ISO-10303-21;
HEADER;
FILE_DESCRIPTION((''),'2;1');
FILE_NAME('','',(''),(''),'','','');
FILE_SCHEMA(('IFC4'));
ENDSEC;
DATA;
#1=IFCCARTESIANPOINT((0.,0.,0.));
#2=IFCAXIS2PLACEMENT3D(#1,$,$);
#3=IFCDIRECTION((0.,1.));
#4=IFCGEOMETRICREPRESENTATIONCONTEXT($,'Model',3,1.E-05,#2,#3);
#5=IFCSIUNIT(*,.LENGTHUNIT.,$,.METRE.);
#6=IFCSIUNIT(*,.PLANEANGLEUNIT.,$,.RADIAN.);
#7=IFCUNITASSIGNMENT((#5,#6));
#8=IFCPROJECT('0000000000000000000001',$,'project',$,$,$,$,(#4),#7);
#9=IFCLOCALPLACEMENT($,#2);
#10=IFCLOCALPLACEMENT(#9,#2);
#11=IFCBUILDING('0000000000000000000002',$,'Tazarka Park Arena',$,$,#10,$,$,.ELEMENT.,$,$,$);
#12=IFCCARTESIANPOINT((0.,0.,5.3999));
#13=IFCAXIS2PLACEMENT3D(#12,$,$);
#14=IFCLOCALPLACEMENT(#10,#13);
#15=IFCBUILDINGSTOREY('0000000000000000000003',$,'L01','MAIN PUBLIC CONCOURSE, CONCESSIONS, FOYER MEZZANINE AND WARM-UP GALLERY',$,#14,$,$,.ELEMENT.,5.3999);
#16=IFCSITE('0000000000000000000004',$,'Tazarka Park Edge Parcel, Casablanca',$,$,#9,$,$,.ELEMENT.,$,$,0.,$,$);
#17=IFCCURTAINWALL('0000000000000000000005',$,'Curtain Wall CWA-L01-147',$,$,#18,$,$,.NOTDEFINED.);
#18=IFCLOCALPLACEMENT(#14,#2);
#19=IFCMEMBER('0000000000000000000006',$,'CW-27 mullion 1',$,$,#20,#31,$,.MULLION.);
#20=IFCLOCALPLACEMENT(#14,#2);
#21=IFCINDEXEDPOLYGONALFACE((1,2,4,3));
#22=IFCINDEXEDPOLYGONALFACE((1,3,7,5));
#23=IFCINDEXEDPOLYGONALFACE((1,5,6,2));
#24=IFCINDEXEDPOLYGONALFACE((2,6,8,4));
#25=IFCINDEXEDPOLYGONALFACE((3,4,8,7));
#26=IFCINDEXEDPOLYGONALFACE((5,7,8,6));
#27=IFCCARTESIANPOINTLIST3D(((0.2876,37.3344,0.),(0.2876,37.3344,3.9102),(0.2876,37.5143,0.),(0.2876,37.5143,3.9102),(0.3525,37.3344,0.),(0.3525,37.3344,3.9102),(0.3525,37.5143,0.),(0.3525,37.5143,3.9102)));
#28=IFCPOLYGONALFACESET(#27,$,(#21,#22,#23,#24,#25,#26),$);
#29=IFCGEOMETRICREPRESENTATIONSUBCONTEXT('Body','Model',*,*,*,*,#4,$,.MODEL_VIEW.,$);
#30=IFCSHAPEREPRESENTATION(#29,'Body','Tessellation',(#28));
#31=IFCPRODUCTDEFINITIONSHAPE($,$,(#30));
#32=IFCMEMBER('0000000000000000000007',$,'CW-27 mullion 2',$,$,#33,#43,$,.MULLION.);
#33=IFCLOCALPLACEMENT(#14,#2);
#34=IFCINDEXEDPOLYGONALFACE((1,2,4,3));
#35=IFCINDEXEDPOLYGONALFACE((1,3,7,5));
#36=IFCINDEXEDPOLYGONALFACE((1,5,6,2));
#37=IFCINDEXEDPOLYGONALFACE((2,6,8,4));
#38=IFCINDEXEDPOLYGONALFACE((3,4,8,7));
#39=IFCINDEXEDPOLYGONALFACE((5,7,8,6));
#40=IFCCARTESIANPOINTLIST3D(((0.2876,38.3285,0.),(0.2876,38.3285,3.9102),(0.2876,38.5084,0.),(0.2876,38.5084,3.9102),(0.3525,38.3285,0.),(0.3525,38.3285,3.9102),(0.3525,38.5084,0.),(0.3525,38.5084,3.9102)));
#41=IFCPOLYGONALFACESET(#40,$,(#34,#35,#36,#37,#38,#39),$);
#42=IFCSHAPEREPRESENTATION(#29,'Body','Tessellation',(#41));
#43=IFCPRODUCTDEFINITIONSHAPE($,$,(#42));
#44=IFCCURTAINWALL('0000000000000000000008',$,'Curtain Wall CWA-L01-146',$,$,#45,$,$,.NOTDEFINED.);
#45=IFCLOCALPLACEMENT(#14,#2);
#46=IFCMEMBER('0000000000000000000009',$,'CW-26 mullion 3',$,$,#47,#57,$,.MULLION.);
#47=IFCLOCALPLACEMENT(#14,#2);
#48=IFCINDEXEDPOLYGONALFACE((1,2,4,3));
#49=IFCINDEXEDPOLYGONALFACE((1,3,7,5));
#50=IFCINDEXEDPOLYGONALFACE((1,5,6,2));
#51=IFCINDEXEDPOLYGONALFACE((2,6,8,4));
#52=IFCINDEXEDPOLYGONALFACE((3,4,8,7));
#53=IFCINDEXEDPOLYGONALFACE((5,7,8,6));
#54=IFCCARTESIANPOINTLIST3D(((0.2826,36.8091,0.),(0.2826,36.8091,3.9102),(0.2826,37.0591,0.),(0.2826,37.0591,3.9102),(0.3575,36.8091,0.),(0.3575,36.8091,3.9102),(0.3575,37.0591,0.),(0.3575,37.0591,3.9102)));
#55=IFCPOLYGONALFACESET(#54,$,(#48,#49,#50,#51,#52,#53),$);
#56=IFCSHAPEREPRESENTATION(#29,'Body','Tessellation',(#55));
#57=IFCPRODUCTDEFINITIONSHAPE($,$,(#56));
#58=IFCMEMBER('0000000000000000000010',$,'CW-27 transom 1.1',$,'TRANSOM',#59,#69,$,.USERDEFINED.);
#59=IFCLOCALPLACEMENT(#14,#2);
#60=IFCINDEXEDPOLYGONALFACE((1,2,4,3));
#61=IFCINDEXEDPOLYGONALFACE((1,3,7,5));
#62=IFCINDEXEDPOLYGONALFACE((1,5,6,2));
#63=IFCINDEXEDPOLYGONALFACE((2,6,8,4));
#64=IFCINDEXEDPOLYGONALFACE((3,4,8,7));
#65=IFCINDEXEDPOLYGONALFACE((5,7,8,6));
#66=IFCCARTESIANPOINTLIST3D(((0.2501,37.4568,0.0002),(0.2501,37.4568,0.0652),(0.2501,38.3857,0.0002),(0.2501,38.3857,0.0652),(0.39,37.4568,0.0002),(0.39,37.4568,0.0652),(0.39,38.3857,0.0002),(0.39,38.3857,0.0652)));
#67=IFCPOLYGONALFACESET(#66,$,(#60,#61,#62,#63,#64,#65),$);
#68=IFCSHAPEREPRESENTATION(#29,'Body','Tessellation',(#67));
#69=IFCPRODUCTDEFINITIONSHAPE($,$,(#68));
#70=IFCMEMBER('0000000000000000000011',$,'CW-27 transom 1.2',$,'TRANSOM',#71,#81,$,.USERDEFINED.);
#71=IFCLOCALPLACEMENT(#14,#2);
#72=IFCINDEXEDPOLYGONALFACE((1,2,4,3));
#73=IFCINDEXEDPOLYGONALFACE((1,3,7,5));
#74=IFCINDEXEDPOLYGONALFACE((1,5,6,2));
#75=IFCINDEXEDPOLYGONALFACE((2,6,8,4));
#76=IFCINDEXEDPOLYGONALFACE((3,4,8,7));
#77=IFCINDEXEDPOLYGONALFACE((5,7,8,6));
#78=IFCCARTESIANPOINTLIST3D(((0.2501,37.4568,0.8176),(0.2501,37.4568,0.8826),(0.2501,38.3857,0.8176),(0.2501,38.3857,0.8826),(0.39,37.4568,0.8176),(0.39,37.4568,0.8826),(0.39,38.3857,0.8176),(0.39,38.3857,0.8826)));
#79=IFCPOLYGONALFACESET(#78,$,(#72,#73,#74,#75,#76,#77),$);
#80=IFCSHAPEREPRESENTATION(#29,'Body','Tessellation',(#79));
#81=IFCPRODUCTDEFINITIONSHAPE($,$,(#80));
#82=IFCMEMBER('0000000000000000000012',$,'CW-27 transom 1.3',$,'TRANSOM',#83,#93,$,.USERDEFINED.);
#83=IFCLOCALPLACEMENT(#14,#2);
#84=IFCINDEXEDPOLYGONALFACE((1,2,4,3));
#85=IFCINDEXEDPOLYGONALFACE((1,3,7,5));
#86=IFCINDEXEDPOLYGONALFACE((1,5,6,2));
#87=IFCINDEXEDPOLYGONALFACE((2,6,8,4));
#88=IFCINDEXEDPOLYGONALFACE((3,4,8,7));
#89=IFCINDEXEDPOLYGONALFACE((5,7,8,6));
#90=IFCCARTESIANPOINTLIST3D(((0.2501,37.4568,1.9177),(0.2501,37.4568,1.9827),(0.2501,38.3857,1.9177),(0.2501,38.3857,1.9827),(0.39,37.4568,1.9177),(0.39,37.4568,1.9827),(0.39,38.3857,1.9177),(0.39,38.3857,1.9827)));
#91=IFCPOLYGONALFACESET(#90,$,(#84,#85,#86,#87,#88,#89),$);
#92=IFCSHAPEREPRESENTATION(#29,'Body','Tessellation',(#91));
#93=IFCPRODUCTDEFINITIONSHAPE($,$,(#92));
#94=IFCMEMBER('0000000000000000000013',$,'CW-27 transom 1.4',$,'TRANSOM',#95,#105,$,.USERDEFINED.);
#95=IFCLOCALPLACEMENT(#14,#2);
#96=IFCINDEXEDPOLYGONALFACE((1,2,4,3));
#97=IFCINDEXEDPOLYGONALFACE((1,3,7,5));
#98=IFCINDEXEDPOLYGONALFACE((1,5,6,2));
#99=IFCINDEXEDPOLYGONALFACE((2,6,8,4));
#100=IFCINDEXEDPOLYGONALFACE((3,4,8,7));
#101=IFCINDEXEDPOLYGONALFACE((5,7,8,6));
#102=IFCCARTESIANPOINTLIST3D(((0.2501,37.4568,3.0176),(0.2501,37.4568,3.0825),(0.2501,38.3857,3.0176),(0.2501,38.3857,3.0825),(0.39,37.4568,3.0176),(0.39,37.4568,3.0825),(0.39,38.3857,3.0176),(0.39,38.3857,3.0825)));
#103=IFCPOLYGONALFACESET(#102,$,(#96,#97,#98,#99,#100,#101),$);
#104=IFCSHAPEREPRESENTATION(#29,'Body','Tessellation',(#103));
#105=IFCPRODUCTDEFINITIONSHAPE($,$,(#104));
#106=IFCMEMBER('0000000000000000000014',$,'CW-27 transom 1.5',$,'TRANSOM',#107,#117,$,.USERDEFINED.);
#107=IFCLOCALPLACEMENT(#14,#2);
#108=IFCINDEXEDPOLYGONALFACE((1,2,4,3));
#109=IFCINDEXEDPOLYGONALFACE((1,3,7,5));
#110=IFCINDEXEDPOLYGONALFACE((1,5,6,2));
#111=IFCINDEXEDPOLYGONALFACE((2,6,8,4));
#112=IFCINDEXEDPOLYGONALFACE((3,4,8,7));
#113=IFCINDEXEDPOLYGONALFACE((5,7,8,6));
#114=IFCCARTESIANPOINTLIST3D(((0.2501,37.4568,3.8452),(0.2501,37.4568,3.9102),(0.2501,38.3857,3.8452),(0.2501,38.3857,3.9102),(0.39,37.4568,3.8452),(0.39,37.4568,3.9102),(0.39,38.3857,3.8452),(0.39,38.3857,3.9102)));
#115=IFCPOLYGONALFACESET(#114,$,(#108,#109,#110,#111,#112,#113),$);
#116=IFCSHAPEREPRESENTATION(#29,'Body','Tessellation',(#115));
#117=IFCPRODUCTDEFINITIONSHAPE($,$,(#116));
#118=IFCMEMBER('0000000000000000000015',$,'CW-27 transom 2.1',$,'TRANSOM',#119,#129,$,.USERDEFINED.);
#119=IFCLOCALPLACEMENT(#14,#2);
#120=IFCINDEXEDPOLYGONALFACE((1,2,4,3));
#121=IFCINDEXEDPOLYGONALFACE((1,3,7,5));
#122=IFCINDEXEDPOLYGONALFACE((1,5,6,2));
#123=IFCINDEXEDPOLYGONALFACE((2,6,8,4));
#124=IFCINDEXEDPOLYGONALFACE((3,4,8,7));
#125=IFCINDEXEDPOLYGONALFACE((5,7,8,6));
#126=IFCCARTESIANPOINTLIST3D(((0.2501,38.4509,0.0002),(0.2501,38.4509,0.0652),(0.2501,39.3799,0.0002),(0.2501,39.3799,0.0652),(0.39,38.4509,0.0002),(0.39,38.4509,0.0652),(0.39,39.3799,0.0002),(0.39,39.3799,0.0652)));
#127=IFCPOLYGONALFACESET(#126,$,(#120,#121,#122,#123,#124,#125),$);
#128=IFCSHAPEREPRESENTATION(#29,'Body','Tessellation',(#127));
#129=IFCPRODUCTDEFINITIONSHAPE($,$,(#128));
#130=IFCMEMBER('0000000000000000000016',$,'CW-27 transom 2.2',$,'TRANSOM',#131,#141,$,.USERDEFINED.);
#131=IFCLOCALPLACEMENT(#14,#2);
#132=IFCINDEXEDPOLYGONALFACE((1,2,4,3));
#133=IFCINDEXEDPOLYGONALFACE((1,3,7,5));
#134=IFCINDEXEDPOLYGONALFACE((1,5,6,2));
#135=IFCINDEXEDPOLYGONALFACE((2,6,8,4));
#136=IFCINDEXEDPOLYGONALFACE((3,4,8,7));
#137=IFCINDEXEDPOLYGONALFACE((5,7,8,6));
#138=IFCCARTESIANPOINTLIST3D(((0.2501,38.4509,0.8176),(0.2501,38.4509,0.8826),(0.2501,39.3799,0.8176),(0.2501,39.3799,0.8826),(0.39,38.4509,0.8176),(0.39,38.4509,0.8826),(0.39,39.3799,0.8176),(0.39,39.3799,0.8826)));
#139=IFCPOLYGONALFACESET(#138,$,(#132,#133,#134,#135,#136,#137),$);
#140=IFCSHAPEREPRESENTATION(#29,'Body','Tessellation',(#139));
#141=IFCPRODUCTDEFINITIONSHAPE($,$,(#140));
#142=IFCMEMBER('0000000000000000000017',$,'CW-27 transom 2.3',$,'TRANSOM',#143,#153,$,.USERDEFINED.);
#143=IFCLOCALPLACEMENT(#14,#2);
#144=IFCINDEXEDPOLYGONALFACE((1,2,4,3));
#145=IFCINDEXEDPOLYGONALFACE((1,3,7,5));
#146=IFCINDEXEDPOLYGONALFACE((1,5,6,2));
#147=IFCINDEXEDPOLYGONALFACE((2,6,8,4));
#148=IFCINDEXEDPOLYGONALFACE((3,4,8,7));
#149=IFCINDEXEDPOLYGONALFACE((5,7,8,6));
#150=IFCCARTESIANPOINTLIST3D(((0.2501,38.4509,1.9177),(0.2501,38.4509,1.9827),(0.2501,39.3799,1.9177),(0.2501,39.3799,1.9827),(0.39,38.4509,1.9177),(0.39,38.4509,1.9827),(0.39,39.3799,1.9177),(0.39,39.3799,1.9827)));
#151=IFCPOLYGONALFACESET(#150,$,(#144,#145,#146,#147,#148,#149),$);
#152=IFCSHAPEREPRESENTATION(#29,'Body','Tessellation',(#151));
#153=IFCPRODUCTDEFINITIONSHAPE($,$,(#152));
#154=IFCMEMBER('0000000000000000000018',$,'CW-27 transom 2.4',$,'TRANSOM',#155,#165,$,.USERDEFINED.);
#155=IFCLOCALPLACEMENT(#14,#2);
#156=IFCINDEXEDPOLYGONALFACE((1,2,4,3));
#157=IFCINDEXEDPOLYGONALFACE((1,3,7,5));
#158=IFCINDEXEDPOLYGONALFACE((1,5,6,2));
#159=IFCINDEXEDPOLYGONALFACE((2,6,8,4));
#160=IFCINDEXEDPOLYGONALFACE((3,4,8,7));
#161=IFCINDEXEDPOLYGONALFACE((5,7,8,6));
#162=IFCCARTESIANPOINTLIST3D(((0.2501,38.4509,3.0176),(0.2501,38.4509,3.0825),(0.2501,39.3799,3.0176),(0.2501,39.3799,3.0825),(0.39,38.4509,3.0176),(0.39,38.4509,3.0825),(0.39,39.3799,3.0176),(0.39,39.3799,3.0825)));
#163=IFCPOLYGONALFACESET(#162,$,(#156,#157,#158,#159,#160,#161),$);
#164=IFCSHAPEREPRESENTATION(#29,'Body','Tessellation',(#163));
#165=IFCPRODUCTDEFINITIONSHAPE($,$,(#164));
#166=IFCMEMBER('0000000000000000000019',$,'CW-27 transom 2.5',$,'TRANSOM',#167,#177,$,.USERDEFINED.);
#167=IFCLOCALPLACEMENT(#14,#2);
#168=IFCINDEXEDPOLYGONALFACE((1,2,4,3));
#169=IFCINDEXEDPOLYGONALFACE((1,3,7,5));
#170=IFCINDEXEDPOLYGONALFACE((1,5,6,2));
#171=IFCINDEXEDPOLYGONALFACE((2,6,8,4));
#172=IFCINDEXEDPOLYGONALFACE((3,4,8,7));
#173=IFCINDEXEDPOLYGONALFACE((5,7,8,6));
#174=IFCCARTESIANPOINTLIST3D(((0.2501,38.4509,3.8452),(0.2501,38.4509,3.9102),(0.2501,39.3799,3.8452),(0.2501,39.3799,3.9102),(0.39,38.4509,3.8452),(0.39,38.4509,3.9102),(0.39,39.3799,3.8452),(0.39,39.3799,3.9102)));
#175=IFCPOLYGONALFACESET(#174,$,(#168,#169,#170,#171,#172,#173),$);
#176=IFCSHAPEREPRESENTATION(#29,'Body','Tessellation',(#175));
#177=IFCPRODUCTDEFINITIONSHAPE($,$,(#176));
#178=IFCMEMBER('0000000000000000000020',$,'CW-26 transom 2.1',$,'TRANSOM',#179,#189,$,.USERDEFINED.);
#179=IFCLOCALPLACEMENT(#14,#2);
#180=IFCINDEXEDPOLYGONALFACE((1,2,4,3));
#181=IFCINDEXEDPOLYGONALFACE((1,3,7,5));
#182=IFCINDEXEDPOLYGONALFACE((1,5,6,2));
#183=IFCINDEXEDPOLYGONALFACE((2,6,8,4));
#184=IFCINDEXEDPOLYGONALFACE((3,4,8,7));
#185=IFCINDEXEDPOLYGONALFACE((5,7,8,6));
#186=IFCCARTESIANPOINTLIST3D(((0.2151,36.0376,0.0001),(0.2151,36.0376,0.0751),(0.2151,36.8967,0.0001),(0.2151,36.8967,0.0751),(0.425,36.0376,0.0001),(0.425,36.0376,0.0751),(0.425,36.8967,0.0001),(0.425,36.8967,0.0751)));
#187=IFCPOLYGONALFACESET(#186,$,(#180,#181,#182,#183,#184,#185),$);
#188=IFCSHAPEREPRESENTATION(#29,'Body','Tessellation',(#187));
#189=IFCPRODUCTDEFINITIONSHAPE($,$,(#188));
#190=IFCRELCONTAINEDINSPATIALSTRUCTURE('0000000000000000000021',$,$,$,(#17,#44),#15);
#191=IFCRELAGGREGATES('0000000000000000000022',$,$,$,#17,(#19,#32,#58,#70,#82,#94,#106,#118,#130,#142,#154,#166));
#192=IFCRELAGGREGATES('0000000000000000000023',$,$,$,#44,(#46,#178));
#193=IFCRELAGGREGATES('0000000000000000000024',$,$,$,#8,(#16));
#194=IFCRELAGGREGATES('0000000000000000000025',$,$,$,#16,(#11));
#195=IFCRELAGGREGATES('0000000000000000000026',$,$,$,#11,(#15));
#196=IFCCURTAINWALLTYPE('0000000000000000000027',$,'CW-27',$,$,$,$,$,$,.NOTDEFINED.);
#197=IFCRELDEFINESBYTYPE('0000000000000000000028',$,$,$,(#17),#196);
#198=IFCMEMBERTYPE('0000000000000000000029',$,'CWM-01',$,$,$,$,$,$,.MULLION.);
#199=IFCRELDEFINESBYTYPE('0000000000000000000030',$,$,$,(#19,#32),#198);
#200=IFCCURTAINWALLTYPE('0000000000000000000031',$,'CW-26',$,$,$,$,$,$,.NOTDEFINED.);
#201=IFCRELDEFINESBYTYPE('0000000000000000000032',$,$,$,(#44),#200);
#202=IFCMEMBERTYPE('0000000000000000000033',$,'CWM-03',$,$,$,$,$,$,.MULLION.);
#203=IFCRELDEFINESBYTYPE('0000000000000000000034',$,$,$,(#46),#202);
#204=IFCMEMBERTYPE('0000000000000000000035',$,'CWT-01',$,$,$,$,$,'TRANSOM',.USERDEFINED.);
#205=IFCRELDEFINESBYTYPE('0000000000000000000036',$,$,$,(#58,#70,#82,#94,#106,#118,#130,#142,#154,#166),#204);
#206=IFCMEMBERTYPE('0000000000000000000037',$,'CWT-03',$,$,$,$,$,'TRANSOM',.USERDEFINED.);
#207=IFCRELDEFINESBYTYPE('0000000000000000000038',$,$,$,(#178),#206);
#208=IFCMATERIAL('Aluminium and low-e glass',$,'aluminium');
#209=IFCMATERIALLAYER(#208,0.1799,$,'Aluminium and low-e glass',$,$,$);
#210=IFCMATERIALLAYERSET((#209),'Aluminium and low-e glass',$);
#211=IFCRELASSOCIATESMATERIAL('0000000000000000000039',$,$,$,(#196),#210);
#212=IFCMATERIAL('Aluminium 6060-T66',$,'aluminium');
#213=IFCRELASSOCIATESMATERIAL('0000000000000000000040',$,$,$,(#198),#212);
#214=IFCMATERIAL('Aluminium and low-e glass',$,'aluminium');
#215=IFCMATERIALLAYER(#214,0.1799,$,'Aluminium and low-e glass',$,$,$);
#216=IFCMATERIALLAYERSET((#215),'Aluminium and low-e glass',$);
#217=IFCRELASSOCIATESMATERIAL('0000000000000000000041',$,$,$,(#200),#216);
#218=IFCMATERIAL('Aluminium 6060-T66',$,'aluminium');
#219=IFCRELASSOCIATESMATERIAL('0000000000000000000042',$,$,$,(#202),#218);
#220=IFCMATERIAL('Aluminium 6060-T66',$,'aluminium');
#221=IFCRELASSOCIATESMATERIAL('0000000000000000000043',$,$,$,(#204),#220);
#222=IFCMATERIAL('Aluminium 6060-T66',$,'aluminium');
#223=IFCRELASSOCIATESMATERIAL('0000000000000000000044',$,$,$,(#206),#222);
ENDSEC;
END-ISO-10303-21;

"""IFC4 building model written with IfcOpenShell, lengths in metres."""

from ifc_helpers import new_model, si_unit, direction, frame, origin, origin_2d, place, context, subcontext, project, spatial, rectangle, extrude, material, layer, layer_set, material_profile, profile_set, type_object, element, aggregate, save


model = new_model("IFC4")

# Units and contexts
model_context = context("Model", 3, precision=1e-05, world=origin(), true_north=direction((0.0, 1.0)))
body_context = subcontext(model_context, "Body", "Model", "MODEL_VIEW")
ifc_project = project(units=[si_unit("LENGTHUNIT", "METRE"), si_unit("PLANEANGLEUNIT", "RADIAN")], contexts=[model_context])

# Site, building, storey
site_placement = place(None, origin())
site = spatial("IfcSite", under=ifc_project, at=site_placement, Name="Tazarka Park Edge Parcel, Casablanca", CompositionType="ELEMENT", RefElevation=0.0)
building_placement = place(site_placement, origin())
building = spatial("IfcBuilding", under=site, at=building_placement, Name="Tazarka Park Arena", CompositionType="ELEMENT")
storey_placement = place(building_placement, frame((0.0, 0.0, 5.3999)))
storey = spatial("IfcBuildingStorey", under=building, at=storey_placement, Name="L01", Description="MAIN PUBLIC CONCOURSE, CONCESSIONS, FOYER MEZZANINE AND WARM-UP GALLERY", CompositionType="ELEMENT", Elevation=5.3999)

# Curtain wall, members
ifc_material_1 = material(Name="Aluminium and low-e glass", Category="aluminium")
ifc_layer_1 = layer(ifc_material_1, 0.1799, Name="Aluminium and low-e glass")
ifc_layer_set_1 = layer_set([ifc_layer_1], Name="Aluminium and low-e glass")
curtain_wall_type_1 = type_object("IfcCurtainWallType", Name="CW-27", PredefinedType="NOTDEFINED", material=ifc_layer_set_1)
curtain_wall_1_placement = place(storey_placement, origin())
curtain_wall_1 = element("IfcCurtainWall", 1, at=curtain_wall_1_placement, inside=storey, type_object=curtain_wall_type_1, Name="Curtain Wall CWA-L01-147", PredefinedType="NOTDEFINED")
ifc_material_2 = material(Name="Aluminium 6060-T66", Category="aluminium")
ifc_material_profile_1 = material_profile(ifc_material_2, rectangle(XDim=0.0649, YDim=0.1799, at=origin_2d()), Name="Aluminium 6060-T66")
ifc_profile_set_1 = profile_set([ifc_material_profile_1], Name="Aluminium 6060-T66")
member_type_1 = type_object("IfcMemberType", Name="CWM-01", PredefinedType="MULLION", material=ifc_profile_set_1)
member_1_placement = place(storey_placement, frame((0.3201, 37.4243, 0.0), z_axis=(0.0, 0.0, 1.0), x_axis=(-1.0, 0.0, 0.0)))
member_1 = element("IfcMember", 2, at=member_1_placement, type_object=member_type_1, Name="CW-27 mullion 1", PredefinedType="MULLION", context=body_context, shape_type="SweptSolid", body=[
    extrude(rectangle(XDim=0.0649, YDim=0.1799, at=origin_2d()), origin(), (0.0, 0.0, 1.0), 3.9102),
])
member_2_placement = place(storey_placement, frame((0.3201, 38.4185, 0.0), z_axis=(0.0, 0.0, 1.0), x_axis=(-1.0, 0.0, 0.0)))
member_2 = element("IfcMember", 3, at=member_2_placement, type_object=member_type_1, Name="CW-27 mullion 2", PredefinedType="MULLION", context=body_context, shape_type="SweptSolid", body=[
    extrude(rectangle(XDim=0.0649, YDim=0.1799, at=origin_2d()), origin(), (0.0, 0.0, 1.0), 3.9102),
])

# Curtain wall, member
ifc_material_3 = material(Name="Aluminium and low-e glass", Category="aluminium")
ifc_layer_2 = layer(ifc_material_3, 0.1799, Name="Aluminium and low-e glass")
ifc_layer_set_2 = layer_set([ifc_layer_2], Name="Aluminium and low-e glass")
curtain_wall_type_2 = type_object("IfcCurtainWallType", Name="CW-26", PredefinedType="NOTDEFINED", material=ifc_layer_set_2)
curtain_wall_2_placement = place(storey_placement, origin())
curtain_wall_2 = element("IfcCurtainWall", 4, at=curtain_wall_2_placement, inside=storey, type_object=curtain_wall_type_2, Name="Curtain Wall CWA-L01-146", PredefinedType="NOTDEFINED")
ifc_material_4 = material(Name="Aluminium 6060-T66", Category="aluminium")
ifc_material_profile_2 = material_profile(ifc_material_4, rectangle(XDim=0.075, YDim=0.25, at=origin_2d()), Name="Aluminium 6060-T66")
ifc_profile_set_2 = profile_set([ifc_material_profile_2], Name="Aluminium 6060-T66")
member_type_2 = type_object("IfcMemberType", Name="CWM-03", PredefinedType="MULLION", material=ifc_profile_set_2)
member_3_placement = place(storey_placement, frame((0.3201, 36.9341, 0.0), z_axis=(0.0, 0.0, 1.0), x_axis=(-1.0, 0.0, 0.0)))
member_3 = element("IfcMember", 5, at=member_3_placement, type_object=member_type_2, Name="CW-26 mullion 3", PredefinedType="MULLION", context=body_context, shape_type="SweptSolid", body=[
    extrude(rectangle(XDim=0.075, YDim=0.25, at=origin_2d()), origin(), (0.0, 0.0, 1.0), 3.9102),
])

# Members
ifc_material_5 = material(Name="Aluminium 6060-T66", Category="aluminium")
ifc_material_profile_3 = material_profile(ifc_material_5, rectangle(XDim=0.1399, YDim=0.0649, at=origin_2d()), Name="Aluminium 6060-T66")
ifc_profile_set_3 = profile_set([ifc_material_profile_3], Name="Aluminium 6060-T66")
member_type_3 = type_object("IfcMemberType", Name="CWT-01", ElementType="TRANSOM", PredefinedType="USERDEFINED", material=ifc_profile_set_3)
member_4_placement = place(storey_placement, frame((0.3201, 37.4568, 0.0327), z_axis=(0.0, 1.0, 0.0), x_axis=(-1.0, 0.0, 0.0)))
member_4 = element("IfcMember", 6, at=member_4_placement, type_object=member_type_3, Name="CW-27 transom 1.1", ObjectType="TRANSOM", PredefinedType="USERDEFINED", context=body_context, shape_type="SweptSolid", body=[
    extrude(rectangle(XDim=0.1399, YDim=0.0649, at=origin_2d()), origin(), (0.0, 0.0, 1.0), 0.929),
])
member_5_placement = place(storey_placement, frame((0.3201, 37.4568, 0.8501), z_axis=(0.0, 1.0, 0.0), x_axis=(-1.0, 0.0, 0.0)))
member_5 = element("IfcMember", 7, at=member_5_placement, type_object=member_type_3, Name="CW-27 transom 1.2", ObjectType="TRANSOM", PredefinedType="USERDEFINED", context=body_context, shape_type="SweptSolid", body=[
    extrude(rectangle(XDim=0.1399, YDim=0.0649, at=origin_2d()), origin(), (0.0, 0.0, 1.0), 0.929),
])
member_6_placement = place(storey_placement, frame((0.3201, 37.4568, 1.9502), z_axis=(0.0, 1.0, 0.0), x_axis=(-1.0, 0.0, 0.0)))
member_6 = element("IfcMember", 8, at=member_6_placement, type_object=member_type_3, Name="CW-27 transom 1.3", ObjectType="TRANSOM", PredefinedType="USERDEFINED", context=body_context, shape_type="SweptSolid", body=[
    extrude(rectangle(XDim=0.1399, YDim=0.0649, at=origin_2d()), origin(), (0.0, 0.0, 1.0), 0.929),
])
member_7_placement = place(storey_placement, frame((0.3201, 37.4568, 3.05), z_axis=(0.0, 1.0, 0.0), x_axis=(-1.0, 0.0, 0.0)))
member_7 = element("IfcMember", 9, at=member_7_placement, type_object=member_type_3, Name="CW-27 transom 1.4", ObjectType="TRANSOM", PredefinedType="USERDEFINED", context=body_context, shape_type="SweptSolid", body=[
    extrude(rectangle(XDim=0.1399, YDim=0.0649, at=origin_2d()), origin(), (0.0, 0.0, 1.0), 0.929),
])
member_8_placement = place(storey_placement, frame((0.3201, 37.4568, 3.8777), z_axis=(0.0, 1.0, 0.0), x_axis=(-1.0, 0.0, 0.0)))
member_8 = element("IfcMember", 10, at=member_8_placement, type_object=member_type_3, Name="CW-27 transom 1.5", ObjectType="TRANSOM", PredefinedType="USERDEFINED", context=body_context, shape_type="SweptSolid", body=[
    extrude(rectangle(XDim=0.1399, YDim=0.0649, at=origin_2d()), origin(), (0.0, 0.0, 1.0), 0.929),
])
member_9_placement = place(storey_placement, frame((0.3201, 38.4509, 0.0327), z_axis=(0.0, 1.0, 0.0), x_axis=(-1.0, 0.0, 0.0)))
member_9 = element("IfcMember", 11, at=member_9_placement, type_object=member_type_3, Name="CW-27 transom 2.1", ObjectType="TRANSOM", PredefinedType="USERDEFINED", context=body_context, shape_type="SweptSolid", body=[
    extrude(rectangle(XDim=0.1399, YDim=0.0649, at=origin_2d()), origin(), (0.0, 0.0, 1.0), 0.929),
])
member_10_placement = place(storey_placement, frame((0.3201, 38.4509, 0.8501), z_axis=(0.0, 1.0, 0.0), x_axis=(-1.0, 0.0, 0.0)))
member_10 = element("IfcMember", 12, at=member_10_placement, type_object=member_type_3, Name="CW-27 transom 2.2", ObjectType="TRANSOM", PredefinedType="USERDEFINED", context=body_context, shape_type="SweptSolid", body=[
    extrude(rectangle(XDim=0.1399, YDim=0.0649, at=origin_2d()), origin(), (0.0, 0.0, 1.0), 0.929),
])
member_11_placement = place(storey_placement, frame((0.3201, 38.4509, 1.9502), z_axis=(0.0, 1.0, 0.0), x_axis=(-1.0, 0.0, 0.0)))
member_11 = element("IfcMember", 13, at=member_11_placement, type_object=member_type_3, Name="CW-27 transom 2.3", ObjectType="TRANSOM", PredefinedType="USERDEFINED", context=body_context, shape_type="SweptSolid", body=[
    extrude(rectangle(XDim=0.1399, YDim=0.0649, at=origin_2d()), origin(), (0.0, 0.0, 1.0), 0.929),
])
member_12_placement = place(storey_placement, frame((0.3201, 38.4509, 3.05), z_axis=(0.0, 1.0, 0.0), x_axis=(-1.0, 0.0, 0.0)))
member_12 = element("IfcMember", 14, at=member_12_placement, type_object=member_type_3, Name="CW-27 transom 2.4", ObjectType="TRANSOM", PredefinedType="USERDEFINED", context=body_context, shape_type="SweptSolid", body=[
    extrude(rectangle(XDim=0.1399, YDim=0.0649, at=origin_2d()), origin(), (0.0, 0.0, 1.0), 0.929),
])
member_13_placement = place(storey_placement, frame((0.3201, 38.4509, 3.8777), z_axis=(0.0, 1.0, 0.0), x_axis=(-1.0, 0.0, 0.0)))
member_13 = element("IfcMember", 15, at=member_13_placement, type_object=member_type_3, Name="CW-27 transom 2.5", ObjectType="TRANSOM", PredefinedType="USERDEFINED", context=body_context, shape_type="SweptSolid", body=[
    extrude(rectangle(XDim=0.1399, YDim=0.0649, at=origin_2d()), origin(), (0.0, 0.0, 1.0), 0.929),
])
ifc_material_6 = material(Name="Aluminium 6060-T66", Category="aluminium")
ifc_material_profile_4 = material_profile(ifc_material_6, rectangle(XDim=0.21, YDim=0.075, at=origin_2d()), Name="Aluminium 6060-T66")
ifc_profile_set_4 = profile_set([ifc_material_profile_4], Name="Aluminium 6060-T66")
member_type_4 = type_object("IfcMemberType", Name="CWT-03", ElementType="TRANSOM", PredefinedType="USERDEFINED", material=ifc_profile_set_4)
member_14_placement = place(storey_placement, frame((0.3201, 36.0376, 0.0376), z_axis=(0.0, 1.0, 0.0), x_axis=(-1.0, 0.0, 0.0)))
member_14 = element("IfcMember", 16, at=member_14_placement, type_object=member_type_4, Name="CW-26 transom 2.1", ObjectType="TRANSOM", PredefinedType="USERDEFINED", context=body_context, shape_type="SweptSolid", body=[
    extrude(rectangle(XDim=0.21, YDim=0.075, at=origin_2d()), origin(), (0.0, 0.0, 1.0), 0.8591),
])

aggregate(curtain_wall_1, [member_1, member_2, member_4, member_5, member_6, member_7, member_8, member_9, member_10, member_11, member_12, member_13])
aggregate(curtain_wall_2, [member_3, member_14])

save(model, "model.ifc")
